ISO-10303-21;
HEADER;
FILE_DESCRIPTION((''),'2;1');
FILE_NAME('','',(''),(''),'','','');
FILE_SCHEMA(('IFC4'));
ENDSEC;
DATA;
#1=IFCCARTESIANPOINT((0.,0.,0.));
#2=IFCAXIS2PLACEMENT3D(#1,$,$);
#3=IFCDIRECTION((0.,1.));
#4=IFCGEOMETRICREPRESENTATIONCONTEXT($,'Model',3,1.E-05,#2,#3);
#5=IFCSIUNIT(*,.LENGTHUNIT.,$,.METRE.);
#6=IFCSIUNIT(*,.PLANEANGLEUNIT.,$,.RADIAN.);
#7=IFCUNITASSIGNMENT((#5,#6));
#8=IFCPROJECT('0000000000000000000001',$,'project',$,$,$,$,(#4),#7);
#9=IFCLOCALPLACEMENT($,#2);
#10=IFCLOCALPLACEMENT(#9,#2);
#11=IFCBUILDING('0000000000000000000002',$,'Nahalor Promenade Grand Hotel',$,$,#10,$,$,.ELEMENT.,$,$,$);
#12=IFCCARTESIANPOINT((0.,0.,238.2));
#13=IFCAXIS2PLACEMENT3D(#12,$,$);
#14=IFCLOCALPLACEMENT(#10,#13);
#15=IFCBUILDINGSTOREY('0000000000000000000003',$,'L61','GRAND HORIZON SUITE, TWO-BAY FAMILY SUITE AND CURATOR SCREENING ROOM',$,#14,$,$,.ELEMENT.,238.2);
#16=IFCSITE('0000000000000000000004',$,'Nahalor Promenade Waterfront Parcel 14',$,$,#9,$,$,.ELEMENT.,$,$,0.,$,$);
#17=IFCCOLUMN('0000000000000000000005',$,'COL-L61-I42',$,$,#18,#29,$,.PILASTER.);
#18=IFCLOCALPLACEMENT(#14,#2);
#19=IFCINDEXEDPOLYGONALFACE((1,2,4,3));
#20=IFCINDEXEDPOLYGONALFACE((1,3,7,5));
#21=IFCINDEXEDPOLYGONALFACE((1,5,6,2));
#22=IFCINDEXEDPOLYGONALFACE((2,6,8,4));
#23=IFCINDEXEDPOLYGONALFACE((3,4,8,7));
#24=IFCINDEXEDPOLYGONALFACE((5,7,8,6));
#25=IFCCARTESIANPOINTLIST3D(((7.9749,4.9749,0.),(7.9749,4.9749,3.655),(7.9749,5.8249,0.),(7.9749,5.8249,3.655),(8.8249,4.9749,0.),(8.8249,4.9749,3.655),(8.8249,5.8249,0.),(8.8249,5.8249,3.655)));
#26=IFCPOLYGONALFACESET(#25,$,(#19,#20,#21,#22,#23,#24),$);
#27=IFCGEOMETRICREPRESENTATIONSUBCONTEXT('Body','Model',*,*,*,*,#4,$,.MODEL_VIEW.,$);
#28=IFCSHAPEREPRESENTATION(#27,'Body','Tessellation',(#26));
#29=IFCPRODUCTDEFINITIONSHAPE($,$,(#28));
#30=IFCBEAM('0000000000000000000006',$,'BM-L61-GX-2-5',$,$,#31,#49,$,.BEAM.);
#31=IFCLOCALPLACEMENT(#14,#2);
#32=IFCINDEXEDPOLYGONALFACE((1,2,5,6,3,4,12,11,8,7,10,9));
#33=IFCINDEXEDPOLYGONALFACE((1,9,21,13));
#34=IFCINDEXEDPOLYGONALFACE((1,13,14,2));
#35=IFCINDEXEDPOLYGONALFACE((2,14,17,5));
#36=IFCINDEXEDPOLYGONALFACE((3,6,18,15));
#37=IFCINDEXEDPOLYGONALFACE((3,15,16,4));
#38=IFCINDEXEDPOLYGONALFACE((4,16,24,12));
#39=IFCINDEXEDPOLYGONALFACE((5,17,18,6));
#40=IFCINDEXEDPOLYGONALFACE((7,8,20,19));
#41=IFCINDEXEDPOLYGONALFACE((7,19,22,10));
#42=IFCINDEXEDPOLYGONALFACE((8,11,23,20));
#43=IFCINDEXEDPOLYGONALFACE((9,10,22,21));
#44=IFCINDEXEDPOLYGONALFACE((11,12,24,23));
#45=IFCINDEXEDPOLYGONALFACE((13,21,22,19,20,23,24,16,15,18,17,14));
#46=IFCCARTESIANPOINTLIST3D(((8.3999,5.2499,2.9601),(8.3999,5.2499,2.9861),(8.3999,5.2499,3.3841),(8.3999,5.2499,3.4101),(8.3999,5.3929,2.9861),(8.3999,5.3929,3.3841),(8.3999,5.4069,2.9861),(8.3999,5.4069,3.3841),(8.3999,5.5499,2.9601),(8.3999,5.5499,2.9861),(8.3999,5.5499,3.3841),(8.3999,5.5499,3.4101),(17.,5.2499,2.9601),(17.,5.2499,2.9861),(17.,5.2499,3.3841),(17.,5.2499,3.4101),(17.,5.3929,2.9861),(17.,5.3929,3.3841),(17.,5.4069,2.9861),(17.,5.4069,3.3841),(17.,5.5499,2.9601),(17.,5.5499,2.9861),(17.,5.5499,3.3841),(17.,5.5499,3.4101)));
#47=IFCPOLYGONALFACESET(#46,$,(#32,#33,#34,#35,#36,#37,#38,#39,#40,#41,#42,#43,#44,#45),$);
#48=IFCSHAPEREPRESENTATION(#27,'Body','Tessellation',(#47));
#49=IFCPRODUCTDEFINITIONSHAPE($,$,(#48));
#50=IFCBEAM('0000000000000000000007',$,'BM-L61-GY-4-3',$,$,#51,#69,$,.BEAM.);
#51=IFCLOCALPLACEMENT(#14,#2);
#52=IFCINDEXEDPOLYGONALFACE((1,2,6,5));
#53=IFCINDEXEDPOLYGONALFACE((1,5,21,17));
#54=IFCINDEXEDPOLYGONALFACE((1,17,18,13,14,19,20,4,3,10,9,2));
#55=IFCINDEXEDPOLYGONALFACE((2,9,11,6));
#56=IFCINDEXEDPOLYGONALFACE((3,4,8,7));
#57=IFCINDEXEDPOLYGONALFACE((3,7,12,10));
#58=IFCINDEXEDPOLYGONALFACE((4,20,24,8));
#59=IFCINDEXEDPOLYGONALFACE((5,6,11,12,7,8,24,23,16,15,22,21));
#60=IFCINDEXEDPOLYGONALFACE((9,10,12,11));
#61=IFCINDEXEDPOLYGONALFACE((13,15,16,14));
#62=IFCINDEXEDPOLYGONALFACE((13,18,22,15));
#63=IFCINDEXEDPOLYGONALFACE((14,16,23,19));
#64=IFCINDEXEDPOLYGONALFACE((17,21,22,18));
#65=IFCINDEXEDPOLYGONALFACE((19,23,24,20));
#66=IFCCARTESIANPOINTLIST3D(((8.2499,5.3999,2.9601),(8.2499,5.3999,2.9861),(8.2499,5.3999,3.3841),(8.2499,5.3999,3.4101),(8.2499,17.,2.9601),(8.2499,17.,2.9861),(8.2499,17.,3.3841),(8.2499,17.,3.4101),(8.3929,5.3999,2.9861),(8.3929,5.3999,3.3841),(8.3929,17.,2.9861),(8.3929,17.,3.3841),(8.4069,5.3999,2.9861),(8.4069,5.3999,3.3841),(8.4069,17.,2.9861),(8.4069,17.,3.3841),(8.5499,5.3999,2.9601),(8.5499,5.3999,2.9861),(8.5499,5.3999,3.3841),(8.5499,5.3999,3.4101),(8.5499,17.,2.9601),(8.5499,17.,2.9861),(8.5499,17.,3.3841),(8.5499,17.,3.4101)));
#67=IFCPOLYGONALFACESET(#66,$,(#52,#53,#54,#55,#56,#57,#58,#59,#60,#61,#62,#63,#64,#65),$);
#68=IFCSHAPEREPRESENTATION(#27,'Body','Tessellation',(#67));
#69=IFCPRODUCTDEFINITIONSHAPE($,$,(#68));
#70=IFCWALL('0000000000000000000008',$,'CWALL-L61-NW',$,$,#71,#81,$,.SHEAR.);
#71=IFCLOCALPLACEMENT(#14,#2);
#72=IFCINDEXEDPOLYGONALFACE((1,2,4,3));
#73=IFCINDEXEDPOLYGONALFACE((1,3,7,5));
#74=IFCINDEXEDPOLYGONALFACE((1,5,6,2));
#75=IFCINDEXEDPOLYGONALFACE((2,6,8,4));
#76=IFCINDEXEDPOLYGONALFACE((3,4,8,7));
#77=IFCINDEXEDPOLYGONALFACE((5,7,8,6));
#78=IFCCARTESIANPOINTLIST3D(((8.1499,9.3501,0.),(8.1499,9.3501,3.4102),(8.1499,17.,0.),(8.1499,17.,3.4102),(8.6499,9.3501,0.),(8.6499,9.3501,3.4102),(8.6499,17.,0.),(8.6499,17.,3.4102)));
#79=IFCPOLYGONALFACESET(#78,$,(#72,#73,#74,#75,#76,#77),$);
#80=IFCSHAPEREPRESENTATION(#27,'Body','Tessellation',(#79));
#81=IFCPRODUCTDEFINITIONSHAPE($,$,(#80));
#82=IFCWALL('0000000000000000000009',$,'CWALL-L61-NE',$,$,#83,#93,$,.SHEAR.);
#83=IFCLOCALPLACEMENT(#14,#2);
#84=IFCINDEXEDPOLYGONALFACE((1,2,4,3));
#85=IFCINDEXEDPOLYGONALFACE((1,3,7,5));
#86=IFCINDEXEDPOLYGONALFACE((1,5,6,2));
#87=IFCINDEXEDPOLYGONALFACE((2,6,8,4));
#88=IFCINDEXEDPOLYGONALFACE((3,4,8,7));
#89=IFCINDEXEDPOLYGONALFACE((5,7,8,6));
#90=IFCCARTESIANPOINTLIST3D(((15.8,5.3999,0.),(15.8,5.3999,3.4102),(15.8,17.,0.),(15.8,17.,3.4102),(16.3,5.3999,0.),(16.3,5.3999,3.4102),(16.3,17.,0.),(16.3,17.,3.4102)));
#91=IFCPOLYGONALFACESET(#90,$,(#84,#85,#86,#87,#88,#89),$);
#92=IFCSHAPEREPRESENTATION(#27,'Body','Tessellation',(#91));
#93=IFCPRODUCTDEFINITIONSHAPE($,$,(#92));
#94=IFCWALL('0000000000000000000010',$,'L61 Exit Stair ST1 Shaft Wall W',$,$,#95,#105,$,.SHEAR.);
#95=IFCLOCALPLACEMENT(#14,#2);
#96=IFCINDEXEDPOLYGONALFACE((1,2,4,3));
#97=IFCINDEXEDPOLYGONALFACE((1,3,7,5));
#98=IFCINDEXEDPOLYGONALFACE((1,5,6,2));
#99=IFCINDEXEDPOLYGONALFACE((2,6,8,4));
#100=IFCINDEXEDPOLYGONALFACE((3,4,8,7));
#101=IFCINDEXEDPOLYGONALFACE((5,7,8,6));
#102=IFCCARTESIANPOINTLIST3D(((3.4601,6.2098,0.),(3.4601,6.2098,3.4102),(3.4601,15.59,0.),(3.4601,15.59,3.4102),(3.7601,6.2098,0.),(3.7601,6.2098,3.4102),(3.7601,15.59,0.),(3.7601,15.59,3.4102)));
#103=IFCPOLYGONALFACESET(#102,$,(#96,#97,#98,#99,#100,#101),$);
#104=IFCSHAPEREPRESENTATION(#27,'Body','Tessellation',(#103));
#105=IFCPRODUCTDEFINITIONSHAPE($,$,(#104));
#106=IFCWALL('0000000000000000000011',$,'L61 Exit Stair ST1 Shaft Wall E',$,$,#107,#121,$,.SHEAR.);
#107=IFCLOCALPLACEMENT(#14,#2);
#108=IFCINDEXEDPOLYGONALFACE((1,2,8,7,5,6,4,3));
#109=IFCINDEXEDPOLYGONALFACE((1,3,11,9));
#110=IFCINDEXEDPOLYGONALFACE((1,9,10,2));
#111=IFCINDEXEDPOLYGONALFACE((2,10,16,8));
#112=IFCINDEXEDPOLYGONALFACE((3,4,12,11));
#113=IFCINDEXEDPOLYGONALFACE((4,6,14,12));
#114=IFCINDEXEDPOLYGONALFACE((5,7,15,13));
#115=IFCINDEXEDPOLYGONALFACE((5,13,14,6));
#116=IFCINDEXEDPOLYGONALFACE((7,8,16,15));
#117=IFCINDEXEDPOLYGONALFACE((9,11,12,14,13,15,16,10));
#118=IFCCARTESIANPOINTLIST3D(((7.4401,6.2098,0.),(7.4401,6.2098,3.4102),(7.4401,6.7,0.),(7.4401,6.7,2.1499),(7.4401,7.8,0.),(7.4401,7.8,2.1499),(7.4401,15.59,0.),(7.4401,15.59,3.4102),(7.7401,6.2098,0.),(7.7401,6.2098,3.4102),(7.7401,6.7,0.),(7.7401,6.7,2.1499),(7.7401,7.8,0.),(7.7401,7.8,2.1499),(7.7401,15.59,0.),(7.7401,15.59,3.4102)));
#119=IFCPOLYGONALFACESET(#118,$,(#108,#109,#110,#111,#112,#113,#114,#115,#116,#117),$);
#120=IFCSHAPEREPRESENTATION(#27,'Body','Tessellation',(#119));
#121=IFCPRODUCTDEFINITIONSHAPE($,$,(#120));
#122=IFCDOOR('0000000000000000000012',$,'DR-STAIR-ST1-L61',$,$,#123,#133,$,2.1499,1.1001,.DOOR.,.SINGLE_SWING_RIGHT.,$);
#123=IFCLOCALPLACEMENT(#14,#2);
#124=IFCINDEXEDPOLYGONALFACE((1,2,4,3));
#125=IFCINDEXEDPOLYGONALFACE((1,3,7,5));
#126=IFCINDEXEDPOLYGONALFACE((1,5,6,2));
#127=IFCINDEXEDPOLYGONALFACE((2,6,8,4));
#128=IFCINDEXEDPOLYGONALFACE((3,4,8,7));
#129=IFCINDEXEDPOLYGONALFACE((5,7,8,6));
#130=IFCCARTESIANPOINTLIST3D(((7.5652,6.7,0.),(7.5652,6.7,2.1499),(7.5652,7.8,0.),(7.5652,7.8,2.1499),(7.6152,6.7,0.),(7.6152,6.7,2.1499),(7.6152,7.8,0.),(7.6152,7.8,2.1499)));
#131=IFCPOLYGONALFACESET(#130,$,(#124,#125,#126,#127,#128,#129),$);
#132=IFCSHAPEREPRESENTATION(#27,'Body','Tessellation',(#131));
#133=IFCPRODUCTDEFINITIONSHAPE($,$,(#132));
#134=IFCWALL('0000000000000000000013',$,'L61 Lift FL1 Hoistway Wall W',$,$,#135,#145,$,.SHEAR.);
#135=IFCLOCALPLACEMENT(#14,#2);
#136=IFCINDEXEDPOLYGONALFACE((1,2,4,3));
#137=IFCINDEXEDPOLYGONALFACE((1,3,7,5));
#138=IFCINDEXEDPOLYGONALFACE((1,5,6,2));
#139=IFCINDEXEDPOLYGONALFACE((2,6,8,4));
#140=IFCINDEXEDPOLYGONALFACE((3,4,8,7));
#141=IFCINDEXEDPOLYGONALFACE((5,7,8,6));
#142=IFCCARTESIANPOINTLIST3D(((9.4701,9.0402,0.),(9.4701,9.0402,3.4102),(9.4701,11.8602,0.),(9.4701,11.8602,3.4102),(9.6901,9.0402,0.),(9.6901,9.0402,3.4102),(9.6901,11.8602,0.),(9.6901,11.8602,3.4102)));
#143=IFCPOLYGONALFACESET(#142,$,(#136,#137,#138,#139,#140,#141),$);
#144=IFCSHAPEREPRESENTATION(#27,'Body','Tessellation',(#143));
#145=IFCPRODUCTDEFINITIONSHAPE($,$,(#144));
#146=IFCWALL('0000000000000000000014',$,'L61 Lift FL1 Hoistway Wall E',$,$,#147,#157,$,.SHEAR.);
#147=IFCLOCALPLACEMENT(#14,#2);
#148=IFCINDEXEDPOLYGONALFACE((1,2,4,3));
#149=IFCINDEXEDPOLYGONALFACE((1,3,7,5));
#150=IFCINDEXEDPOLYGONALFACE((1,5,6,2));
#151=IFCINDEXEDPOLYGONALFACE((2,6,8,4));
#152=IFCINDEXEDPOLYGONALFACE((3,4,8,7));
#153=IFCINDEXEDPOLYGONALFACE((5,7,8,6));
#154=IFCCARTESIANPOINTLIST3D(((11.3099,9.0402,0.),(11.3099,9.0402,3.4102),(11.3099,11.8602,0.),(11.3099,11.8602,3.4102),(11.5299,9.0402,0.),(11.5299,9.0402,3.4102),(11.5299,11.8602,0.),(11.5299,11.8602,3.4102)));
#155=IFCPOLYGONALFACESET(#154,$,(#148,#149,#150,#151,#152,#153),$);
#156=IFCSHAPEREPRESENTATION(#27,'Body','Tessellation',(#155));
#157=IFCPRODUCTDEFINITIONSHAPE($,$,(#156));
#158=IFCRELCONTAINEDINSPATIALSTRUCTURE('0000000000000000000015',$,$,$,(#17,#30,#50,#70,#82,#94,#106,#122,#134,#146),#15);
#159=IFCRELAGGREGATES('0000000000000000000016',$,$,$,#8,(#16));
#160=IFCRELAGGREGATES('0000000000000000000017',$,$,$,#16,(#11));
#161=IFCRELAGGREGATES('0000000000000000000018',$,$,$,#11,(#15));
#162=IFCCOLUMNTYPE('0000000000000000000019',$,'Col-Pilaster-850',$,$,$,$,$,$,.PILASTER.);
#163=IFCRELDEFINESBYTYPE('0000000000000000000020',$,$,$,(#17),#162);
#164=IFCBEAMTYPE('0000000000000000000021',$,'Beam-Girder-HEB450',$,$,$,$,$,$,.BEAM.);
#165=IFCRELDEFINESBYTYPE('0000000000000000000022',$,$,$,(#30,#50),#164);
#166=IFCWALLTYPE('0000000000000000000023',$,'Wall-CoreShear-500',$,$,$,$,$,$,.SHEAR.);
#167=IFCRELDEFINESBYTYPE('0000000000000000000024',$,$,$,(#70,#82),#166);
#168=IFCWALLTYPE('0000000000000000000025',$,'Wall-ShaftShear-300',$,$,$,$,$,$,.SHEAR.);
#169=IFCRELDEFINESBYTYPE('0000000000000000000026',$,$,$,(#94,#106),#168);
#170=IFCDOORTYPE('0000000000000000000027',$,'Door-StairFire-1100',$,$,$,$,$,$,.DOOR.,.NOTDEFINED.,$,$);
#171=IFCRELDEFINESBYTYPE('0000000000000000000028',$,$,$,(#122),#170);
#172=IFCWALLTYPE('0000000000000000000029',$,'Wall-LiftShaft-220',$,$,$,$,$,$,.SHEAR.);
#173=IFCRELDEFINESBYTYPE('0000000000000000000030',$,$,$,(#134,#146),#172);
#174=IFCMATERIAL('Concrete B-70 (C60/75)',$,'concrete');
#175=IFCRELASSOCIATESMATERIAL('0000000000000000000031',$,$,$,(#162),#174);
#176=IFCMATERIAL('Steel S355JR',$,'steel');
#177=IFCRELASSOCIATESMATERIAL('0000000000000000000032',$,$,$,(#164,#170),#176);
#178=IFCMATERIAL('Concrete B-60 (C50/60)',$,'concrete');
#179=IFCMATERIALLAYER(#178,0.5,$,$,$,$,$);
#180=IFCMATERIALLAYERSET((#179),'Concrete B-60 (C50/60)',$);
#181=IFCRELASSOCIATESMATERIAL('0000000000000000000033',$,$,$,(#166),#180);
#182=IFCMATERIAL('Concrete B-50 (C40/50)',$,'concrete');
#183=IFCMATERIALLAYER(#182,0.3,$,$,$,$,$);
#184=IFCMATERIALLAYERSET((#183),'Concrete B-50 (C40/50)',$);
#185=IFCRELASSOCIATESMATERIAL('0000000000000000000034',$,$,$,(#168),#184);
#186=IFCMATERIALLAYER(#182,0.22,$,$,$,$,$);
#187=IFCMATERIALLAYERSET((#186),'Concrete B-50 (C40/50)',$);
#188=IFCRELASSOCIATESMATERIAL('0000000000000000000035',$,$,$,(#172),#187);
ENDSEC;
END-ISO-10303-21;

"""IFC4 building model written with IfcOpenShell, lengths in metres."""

from ifc_helpers import new_model, si_unit, direction, frame, frame_2d, origin, origin_2d, place, context, subcontext, project, spatial, rectangle, i_section, extrude, source, transform, mapped, material, layer, layer_set, material_profile, profile_set, type_object, element, fill, save


model = new_model("IFC4")

# Units and contexts
model_context = context("Model", 3, precision=1e-05, world=origin(), true_north=direction((0.0, 1.0)))
body_context = subcontext(model_context, "Body", "Model", "MODEL_VIEW")
ifc_project = project(units=[si_unit("LENGTHUNIT", "METRE"), si_unit("PLANEANGLEUNIT", "RADIAN")], contexts=[model_context])

# Site, building, storey
site_placement = place(None, origin())
site = spatial("IfcSite", under=ifc_project, at=site_placement, Name="Nahalor Promenade Waterfront Parcel 14", CompositionType="ELEMENT", RefElevation=0.0)
building_placement = place(site_placement, origin())
building = spatial("IfcBuilding", under=site, at=building_placement, Name="Nahalor Promenade Grand Hotel", CompositionType="ELEMENT")
storey_placement = place(building_placement, frame((0.0, 0.0, 238.2)))
storey = spatial("IfcBuildingStorey", under=building, at=storey_placement, Name="L61", Description="GRAND HORIZON SUITE, TWO-BAY FAMILY SUITE AND CURATOR SCREENING ROOM", CompositionType="ELEMENT", Elevation=238.2)

# Column
ifc_material_1 = material(Name="Concrete B-70 (C60/75)", Category="concrete")
ifc_material_profile_1 = material_profile(ifc_material_1, rectangle(XDim=0.85, YDim=0.85, at=origin_2d()), Name="RC 850x850")
ifc_profile_set_1 = profile_set([ifc_material_profile_1], Name="Concrete B-70 (C60/75)")
column_type = type_object("IfcColumnType", Name="Col-Pilaster-850", PredefinedType="PILASTER", material=ifc_profile_set_1)
shared_shape_1 = source(origin(), body_context, "Body", "SweptSolid", [
    extrude(rectangle(XDim=0.85, YDim=0.85, at=origin_2d()), origin(), (0.0, 0.0, 1.0), 3.655),
])
column_placement = place(storey_placement, frame((8.3999, 5.3999, 0.0), z_axis=(0.0, 0.0, 1.0), x_axis=(1.0, 0.0, 0.0)))
element("IfcColumn", 1, at=column_placement, inside=storey, type_object=column_type, Name="COL-L61-I42", PredefinedType="PILASTER", context=body_context, shape_type="MappedRepresentation", body=[
    mapped(shared_shape_1, transform((0.0, 0.0, 0.0), scale=1.0)),
])

# Beams
ifc_material_2 = material(Name="Steel S355JR", Category="steel")
ifc_material_profile_2 = material_profile(ifc_material_2, i_section(OverallWidth=0.3, OverallDepth=0.45, WebThickness=0.014, FlangeThickness=0.026, at=origin_2d()), Name="HEB 450")
ifc_profile_set_2 = profile_set([ifc_material_profile_2], Name="Steel S355JR")
beam_type = type_object("IfcBeamType", Name="Beam-Girder-HEB450", PredefinedType="BEAM", material=ifc_profile_set_2)
shared_shape_2 = source(origin(), body_context, "Body", "SweptSolid", [
    extrude(i_section(OverallWidth=0.3, OverallDepth=0.45, WebThickness=0.014, FlangeThickness=0.026, at=origin_2d()), origin(), (0.0, 0.0, 1.0), 8.6001),
])
beam_1_placement = place(storey_placement, frame((8.3999, 5.3999, 3.1851), z_axis=(1.0, 0.0, 0.0), x_axis=(0.0, 1.0, 0.0)))
element("IfcBeam", 2, at=beam_1_placement, inside=storey, type_object=beam_type, Name="BM-L61-GX-2-5", PredefinedType="BEAM", context=body_context, shape_type="MappedRepresentation", body=[
    mapped(shared_shape_2, transform((0.0, 0.0, 0.0), scale=1.0)),
])
shared_shape_3 = source(origin(), body_context, "Body", "SweptSolid", [
    extrude(i_section(OverallWidth=0.3, OverallDepth=0.45, WebThickness=0.014, FlangeThickness=0.026, at=origin_2d()), origin(), (0.0, 0.0, 1.0), 11.6001),
])
beam_2_placement = place(storey_placement, frame((8.3999, 5.3999, 3.1851), z_axis=(0.0, 1.0, 0.0), x_axis=(-1.0, 0.0, 0.0)))
element("IfcBeam", 3, at=beam_2_placement, inside=storey, type_object=beam_type, Name="BM-L61-GY-4-3", PredefinedType="BEAM", context=body_context, shape_type="MappedRepresentation", body=[
    mapped(shared_shape_3, transform((0.0, 0.0, 0.0), scale=1.0)),
])

# Walls
ifc_material_3 = material(Name="Concrete B-60 (C50/60)", Category="concrete")
ifc_layer_1 = layer(ifc_material_3, 0.5)
ifc_layer_set_1 = layer_set([ifc_layer_1], Name="Concrete B-60 (C50/60)")
wall_type_1 = type_object("IfcWallType", Name="Wall-CoreShear-500", PredefinedType="SHEAR", material=ifc_layer_set_1)
shared_shape_4 = source(origin(), body_context, "Body", "SweptSolid", [
    extrude(rectangle(XDim=7.6499, YDim=0.5, at=frame_2d((3.825, 0.0))), origin(), (0.0, 0.0, 1.0), 3.4102),
])
wall_1_placement = place(storey_placement, frame((8.3999, 9.3501, 0.0), z_axis=(0.0, 0.0, 1.0), x_axis=(0.0, 1.0, 0.0)))
element("IfcWall", 4, at=wall_1_placement, inside=storey, type_object=wall_type_1, Name="CWALL-L61-NW", PredefinedType="SHEAR", context=body_context, shape_type="MappedRepresentation", body=[
    mapped(shared_shape_4, transform((0.0, 0.0, 0.0), scale=1.0)),
])
shared_shape_5 = source(origin(), body_context, "Body", "SweptSolid", [
    extrude(rectangle(XDim=11.6001, YDim=0.5, at=frame_2d((5.8, 0.0))), origin(), (0.0, 0.0, 1.0), 3.4102),
])
wall_2_placement = place(storey_placement, frame((16.05, 5.3999, 0.0), z_axis=(0.0, 0.0, 1.0), x_axis=(0.0, 1.0, 0.0)))
element("IfcWall", 5, at=wall_2_placement, inside=storey, type_object=wall_type_1, Name="CWALL-L61-NE", PredefinedType="SHEAR", context=body_context, shape_type="MappedRepresentation", body=[
    mapped(shared_shape_5, transform((0.0, 0.0, 0.0), scale=1.0)),
])
ifc_material_4 = material(Name="Concrete B-50 (C40/50)", Category="concrete")
ifc_layer_2 = layer(ifc_material_4, 0.3)
ifc_layer_set_2 = layer_set([ifc_layer_2], Name="Concrete B-50 (C40/50)")
wall_type_2 = type_object("IfcWallType", Name="Wall-ShaftShear-300", PredefinedType="SHEAR", material=ifc_layer_set_2)
shared_shape_6 = source(origin(), body_context, "Body", "SweptSolid", [
    extrude(rectangle(XDim=9.3801, YDim=0.3, at=frame_2d((4.6899, 0.0))), origin(), (0.0, 0.0, 1.0), 3.4102),
])
wall_3_placement = place(storey_placement, frame((3.6101, 6.21, 0.0), z_axis=(0.0, 0.0, 1.0), x_axis=(0.0, 1.0, 0.0)))
element("IfcWall", 6, at=wall_3_placement, inside=storey, type_object=wall_type_2, Name="L61 Exit Stair ST1 Shaft Wall W", PredefinedType="SHEAR", context=body_context, shape_type="MappedRepresentation", body=[
    mapped(shared_shape_6, transform((0.0, 0.0, 0.0), scale=1.0)),
])

# Wall, opening, door
wall_4_placement = place(storey_placement, frame((7.5901, 6.21, 0.0), z_axis=(0.0, 0.0, 1.0), x_axis=(0.0, 1.0, 0.0)))
wall_4 = element("IfcWall", 7, at=wall_4_placement, inside=storey, type_object=wall_type_2, Name="L61 Exit Stair ST1 Shaft Wall E", PredefinedType="SHEAR", context=body_context, shape_type="MappedRepresentation", body=[
    mapped(shared_shape_6, transform((0.0, 0.0, 0.0), scale=1.0)),
])
opening_1_placement = place(wall_4_placement, frame((0.49, 0.0, 0.0)))
opening_1 = element("IfcOpeningElement", 8, at=opening_1_placement, cuts=wall_4, PredefinedType="OPENING", context=body_context, shape_type="SweptSolid", body=[
    extrude(rectangle(XDim=1.1001, YDim=2.1499, at=frame_2d((0.55, 1.075))), frame((0.0, 0.1599, 0.0), z_axis=(0.0, -1.0, 0.0), x_axis=(1.0, 0.0, 0.0)), (0.0, 0.0, 1.0), 0.3201),
])
door_type_1 = type_object("IfcDoorType", Name="Door-StairFire-1100", OperationType="NOTDEFINED", PredefinedType="DOOR", material=ifc_material_2)
shared_shape_7 = source(origin(), body_context, "Body", "SweptSolid", [
    extrude(rectangle(XDim=1.1001, YDim=2.1499, at=frame_2d((0.55, 1.075))), frame((0.0, 0.0249, 0.0), z_axis=(0.0, -1.0, 0.0), x_axis=(1.0, 0.0, 0.0)), (0.0, 0.0, 1.0), 0.05),
])
door_1_placement = place(opening_1_placement, origin())
door_1 = element("IfcDoor", 9, at=door_1_placement, inside=storey, type_object=door_type_1, Name="DR-STAIR-ST1-L61", OperationType="SINGLE_SWING_RIGHT", OverallHeight=2.1499, OverallWidth=1.1001, PredefinedType="DOOR", context=body_context, shape_type="MappedRepresentation", body=[
    mapped(shared_shape_7, transform((0.0, 0.0, 0.0), scale=1.0)),
])
fill(opening_1, door_1)

# Walls
ifc_layer_3 = layer(ifc_material_4, 0.22)
ifc_layer_set_3 = layer_set([ifc_layer_3], Name="Concrete B-50 (C40/50)")
wall_type_3 = type_object("IfcWallType", Name="Wall-LiftShaft-220", PredefinedType="SHEAR", material=ifc_layer_set_3)
shared_shape_8 = source(origin(), body_context, "Body", "SweptSolid", [
    extrude(rectangle(XDim=2.8201, YDim=0.22, at=frame_2d((1.4102, 0.0))), origin(), (0.0, 0.0, 1.0), 3.4102),
])
for number, where, z_axis, x_axis, name in (
    (10, (9.5801, 9.04, 0.0), (0.0, 0.0, 1.0), (0.0, 1.0, 0.0), "L61 Lift FL1 Hoistway Wall W"),
    (11, (11.4199, 9.04, 0.0), (0.0, 0.0, 1.0), (0.0, 1.0, 0.0), "L61 Lift FL1 Hoistway Wall E"),
):
    element("IfcWall", number, at=place(storey_placement, frame(where, z_axis=z_axis, x_axis=x_axis)), inside=storey, type_object=wall_type_3, Name=name, PredefinedType="SHEAR", context=body_context, shape_type="MappedRepresentation", body=[
        mapped(shared_shape_8, transform((0.0, 0.0, 0.0), scale=1.0)),
    ])

save(model, "model.ifc")
